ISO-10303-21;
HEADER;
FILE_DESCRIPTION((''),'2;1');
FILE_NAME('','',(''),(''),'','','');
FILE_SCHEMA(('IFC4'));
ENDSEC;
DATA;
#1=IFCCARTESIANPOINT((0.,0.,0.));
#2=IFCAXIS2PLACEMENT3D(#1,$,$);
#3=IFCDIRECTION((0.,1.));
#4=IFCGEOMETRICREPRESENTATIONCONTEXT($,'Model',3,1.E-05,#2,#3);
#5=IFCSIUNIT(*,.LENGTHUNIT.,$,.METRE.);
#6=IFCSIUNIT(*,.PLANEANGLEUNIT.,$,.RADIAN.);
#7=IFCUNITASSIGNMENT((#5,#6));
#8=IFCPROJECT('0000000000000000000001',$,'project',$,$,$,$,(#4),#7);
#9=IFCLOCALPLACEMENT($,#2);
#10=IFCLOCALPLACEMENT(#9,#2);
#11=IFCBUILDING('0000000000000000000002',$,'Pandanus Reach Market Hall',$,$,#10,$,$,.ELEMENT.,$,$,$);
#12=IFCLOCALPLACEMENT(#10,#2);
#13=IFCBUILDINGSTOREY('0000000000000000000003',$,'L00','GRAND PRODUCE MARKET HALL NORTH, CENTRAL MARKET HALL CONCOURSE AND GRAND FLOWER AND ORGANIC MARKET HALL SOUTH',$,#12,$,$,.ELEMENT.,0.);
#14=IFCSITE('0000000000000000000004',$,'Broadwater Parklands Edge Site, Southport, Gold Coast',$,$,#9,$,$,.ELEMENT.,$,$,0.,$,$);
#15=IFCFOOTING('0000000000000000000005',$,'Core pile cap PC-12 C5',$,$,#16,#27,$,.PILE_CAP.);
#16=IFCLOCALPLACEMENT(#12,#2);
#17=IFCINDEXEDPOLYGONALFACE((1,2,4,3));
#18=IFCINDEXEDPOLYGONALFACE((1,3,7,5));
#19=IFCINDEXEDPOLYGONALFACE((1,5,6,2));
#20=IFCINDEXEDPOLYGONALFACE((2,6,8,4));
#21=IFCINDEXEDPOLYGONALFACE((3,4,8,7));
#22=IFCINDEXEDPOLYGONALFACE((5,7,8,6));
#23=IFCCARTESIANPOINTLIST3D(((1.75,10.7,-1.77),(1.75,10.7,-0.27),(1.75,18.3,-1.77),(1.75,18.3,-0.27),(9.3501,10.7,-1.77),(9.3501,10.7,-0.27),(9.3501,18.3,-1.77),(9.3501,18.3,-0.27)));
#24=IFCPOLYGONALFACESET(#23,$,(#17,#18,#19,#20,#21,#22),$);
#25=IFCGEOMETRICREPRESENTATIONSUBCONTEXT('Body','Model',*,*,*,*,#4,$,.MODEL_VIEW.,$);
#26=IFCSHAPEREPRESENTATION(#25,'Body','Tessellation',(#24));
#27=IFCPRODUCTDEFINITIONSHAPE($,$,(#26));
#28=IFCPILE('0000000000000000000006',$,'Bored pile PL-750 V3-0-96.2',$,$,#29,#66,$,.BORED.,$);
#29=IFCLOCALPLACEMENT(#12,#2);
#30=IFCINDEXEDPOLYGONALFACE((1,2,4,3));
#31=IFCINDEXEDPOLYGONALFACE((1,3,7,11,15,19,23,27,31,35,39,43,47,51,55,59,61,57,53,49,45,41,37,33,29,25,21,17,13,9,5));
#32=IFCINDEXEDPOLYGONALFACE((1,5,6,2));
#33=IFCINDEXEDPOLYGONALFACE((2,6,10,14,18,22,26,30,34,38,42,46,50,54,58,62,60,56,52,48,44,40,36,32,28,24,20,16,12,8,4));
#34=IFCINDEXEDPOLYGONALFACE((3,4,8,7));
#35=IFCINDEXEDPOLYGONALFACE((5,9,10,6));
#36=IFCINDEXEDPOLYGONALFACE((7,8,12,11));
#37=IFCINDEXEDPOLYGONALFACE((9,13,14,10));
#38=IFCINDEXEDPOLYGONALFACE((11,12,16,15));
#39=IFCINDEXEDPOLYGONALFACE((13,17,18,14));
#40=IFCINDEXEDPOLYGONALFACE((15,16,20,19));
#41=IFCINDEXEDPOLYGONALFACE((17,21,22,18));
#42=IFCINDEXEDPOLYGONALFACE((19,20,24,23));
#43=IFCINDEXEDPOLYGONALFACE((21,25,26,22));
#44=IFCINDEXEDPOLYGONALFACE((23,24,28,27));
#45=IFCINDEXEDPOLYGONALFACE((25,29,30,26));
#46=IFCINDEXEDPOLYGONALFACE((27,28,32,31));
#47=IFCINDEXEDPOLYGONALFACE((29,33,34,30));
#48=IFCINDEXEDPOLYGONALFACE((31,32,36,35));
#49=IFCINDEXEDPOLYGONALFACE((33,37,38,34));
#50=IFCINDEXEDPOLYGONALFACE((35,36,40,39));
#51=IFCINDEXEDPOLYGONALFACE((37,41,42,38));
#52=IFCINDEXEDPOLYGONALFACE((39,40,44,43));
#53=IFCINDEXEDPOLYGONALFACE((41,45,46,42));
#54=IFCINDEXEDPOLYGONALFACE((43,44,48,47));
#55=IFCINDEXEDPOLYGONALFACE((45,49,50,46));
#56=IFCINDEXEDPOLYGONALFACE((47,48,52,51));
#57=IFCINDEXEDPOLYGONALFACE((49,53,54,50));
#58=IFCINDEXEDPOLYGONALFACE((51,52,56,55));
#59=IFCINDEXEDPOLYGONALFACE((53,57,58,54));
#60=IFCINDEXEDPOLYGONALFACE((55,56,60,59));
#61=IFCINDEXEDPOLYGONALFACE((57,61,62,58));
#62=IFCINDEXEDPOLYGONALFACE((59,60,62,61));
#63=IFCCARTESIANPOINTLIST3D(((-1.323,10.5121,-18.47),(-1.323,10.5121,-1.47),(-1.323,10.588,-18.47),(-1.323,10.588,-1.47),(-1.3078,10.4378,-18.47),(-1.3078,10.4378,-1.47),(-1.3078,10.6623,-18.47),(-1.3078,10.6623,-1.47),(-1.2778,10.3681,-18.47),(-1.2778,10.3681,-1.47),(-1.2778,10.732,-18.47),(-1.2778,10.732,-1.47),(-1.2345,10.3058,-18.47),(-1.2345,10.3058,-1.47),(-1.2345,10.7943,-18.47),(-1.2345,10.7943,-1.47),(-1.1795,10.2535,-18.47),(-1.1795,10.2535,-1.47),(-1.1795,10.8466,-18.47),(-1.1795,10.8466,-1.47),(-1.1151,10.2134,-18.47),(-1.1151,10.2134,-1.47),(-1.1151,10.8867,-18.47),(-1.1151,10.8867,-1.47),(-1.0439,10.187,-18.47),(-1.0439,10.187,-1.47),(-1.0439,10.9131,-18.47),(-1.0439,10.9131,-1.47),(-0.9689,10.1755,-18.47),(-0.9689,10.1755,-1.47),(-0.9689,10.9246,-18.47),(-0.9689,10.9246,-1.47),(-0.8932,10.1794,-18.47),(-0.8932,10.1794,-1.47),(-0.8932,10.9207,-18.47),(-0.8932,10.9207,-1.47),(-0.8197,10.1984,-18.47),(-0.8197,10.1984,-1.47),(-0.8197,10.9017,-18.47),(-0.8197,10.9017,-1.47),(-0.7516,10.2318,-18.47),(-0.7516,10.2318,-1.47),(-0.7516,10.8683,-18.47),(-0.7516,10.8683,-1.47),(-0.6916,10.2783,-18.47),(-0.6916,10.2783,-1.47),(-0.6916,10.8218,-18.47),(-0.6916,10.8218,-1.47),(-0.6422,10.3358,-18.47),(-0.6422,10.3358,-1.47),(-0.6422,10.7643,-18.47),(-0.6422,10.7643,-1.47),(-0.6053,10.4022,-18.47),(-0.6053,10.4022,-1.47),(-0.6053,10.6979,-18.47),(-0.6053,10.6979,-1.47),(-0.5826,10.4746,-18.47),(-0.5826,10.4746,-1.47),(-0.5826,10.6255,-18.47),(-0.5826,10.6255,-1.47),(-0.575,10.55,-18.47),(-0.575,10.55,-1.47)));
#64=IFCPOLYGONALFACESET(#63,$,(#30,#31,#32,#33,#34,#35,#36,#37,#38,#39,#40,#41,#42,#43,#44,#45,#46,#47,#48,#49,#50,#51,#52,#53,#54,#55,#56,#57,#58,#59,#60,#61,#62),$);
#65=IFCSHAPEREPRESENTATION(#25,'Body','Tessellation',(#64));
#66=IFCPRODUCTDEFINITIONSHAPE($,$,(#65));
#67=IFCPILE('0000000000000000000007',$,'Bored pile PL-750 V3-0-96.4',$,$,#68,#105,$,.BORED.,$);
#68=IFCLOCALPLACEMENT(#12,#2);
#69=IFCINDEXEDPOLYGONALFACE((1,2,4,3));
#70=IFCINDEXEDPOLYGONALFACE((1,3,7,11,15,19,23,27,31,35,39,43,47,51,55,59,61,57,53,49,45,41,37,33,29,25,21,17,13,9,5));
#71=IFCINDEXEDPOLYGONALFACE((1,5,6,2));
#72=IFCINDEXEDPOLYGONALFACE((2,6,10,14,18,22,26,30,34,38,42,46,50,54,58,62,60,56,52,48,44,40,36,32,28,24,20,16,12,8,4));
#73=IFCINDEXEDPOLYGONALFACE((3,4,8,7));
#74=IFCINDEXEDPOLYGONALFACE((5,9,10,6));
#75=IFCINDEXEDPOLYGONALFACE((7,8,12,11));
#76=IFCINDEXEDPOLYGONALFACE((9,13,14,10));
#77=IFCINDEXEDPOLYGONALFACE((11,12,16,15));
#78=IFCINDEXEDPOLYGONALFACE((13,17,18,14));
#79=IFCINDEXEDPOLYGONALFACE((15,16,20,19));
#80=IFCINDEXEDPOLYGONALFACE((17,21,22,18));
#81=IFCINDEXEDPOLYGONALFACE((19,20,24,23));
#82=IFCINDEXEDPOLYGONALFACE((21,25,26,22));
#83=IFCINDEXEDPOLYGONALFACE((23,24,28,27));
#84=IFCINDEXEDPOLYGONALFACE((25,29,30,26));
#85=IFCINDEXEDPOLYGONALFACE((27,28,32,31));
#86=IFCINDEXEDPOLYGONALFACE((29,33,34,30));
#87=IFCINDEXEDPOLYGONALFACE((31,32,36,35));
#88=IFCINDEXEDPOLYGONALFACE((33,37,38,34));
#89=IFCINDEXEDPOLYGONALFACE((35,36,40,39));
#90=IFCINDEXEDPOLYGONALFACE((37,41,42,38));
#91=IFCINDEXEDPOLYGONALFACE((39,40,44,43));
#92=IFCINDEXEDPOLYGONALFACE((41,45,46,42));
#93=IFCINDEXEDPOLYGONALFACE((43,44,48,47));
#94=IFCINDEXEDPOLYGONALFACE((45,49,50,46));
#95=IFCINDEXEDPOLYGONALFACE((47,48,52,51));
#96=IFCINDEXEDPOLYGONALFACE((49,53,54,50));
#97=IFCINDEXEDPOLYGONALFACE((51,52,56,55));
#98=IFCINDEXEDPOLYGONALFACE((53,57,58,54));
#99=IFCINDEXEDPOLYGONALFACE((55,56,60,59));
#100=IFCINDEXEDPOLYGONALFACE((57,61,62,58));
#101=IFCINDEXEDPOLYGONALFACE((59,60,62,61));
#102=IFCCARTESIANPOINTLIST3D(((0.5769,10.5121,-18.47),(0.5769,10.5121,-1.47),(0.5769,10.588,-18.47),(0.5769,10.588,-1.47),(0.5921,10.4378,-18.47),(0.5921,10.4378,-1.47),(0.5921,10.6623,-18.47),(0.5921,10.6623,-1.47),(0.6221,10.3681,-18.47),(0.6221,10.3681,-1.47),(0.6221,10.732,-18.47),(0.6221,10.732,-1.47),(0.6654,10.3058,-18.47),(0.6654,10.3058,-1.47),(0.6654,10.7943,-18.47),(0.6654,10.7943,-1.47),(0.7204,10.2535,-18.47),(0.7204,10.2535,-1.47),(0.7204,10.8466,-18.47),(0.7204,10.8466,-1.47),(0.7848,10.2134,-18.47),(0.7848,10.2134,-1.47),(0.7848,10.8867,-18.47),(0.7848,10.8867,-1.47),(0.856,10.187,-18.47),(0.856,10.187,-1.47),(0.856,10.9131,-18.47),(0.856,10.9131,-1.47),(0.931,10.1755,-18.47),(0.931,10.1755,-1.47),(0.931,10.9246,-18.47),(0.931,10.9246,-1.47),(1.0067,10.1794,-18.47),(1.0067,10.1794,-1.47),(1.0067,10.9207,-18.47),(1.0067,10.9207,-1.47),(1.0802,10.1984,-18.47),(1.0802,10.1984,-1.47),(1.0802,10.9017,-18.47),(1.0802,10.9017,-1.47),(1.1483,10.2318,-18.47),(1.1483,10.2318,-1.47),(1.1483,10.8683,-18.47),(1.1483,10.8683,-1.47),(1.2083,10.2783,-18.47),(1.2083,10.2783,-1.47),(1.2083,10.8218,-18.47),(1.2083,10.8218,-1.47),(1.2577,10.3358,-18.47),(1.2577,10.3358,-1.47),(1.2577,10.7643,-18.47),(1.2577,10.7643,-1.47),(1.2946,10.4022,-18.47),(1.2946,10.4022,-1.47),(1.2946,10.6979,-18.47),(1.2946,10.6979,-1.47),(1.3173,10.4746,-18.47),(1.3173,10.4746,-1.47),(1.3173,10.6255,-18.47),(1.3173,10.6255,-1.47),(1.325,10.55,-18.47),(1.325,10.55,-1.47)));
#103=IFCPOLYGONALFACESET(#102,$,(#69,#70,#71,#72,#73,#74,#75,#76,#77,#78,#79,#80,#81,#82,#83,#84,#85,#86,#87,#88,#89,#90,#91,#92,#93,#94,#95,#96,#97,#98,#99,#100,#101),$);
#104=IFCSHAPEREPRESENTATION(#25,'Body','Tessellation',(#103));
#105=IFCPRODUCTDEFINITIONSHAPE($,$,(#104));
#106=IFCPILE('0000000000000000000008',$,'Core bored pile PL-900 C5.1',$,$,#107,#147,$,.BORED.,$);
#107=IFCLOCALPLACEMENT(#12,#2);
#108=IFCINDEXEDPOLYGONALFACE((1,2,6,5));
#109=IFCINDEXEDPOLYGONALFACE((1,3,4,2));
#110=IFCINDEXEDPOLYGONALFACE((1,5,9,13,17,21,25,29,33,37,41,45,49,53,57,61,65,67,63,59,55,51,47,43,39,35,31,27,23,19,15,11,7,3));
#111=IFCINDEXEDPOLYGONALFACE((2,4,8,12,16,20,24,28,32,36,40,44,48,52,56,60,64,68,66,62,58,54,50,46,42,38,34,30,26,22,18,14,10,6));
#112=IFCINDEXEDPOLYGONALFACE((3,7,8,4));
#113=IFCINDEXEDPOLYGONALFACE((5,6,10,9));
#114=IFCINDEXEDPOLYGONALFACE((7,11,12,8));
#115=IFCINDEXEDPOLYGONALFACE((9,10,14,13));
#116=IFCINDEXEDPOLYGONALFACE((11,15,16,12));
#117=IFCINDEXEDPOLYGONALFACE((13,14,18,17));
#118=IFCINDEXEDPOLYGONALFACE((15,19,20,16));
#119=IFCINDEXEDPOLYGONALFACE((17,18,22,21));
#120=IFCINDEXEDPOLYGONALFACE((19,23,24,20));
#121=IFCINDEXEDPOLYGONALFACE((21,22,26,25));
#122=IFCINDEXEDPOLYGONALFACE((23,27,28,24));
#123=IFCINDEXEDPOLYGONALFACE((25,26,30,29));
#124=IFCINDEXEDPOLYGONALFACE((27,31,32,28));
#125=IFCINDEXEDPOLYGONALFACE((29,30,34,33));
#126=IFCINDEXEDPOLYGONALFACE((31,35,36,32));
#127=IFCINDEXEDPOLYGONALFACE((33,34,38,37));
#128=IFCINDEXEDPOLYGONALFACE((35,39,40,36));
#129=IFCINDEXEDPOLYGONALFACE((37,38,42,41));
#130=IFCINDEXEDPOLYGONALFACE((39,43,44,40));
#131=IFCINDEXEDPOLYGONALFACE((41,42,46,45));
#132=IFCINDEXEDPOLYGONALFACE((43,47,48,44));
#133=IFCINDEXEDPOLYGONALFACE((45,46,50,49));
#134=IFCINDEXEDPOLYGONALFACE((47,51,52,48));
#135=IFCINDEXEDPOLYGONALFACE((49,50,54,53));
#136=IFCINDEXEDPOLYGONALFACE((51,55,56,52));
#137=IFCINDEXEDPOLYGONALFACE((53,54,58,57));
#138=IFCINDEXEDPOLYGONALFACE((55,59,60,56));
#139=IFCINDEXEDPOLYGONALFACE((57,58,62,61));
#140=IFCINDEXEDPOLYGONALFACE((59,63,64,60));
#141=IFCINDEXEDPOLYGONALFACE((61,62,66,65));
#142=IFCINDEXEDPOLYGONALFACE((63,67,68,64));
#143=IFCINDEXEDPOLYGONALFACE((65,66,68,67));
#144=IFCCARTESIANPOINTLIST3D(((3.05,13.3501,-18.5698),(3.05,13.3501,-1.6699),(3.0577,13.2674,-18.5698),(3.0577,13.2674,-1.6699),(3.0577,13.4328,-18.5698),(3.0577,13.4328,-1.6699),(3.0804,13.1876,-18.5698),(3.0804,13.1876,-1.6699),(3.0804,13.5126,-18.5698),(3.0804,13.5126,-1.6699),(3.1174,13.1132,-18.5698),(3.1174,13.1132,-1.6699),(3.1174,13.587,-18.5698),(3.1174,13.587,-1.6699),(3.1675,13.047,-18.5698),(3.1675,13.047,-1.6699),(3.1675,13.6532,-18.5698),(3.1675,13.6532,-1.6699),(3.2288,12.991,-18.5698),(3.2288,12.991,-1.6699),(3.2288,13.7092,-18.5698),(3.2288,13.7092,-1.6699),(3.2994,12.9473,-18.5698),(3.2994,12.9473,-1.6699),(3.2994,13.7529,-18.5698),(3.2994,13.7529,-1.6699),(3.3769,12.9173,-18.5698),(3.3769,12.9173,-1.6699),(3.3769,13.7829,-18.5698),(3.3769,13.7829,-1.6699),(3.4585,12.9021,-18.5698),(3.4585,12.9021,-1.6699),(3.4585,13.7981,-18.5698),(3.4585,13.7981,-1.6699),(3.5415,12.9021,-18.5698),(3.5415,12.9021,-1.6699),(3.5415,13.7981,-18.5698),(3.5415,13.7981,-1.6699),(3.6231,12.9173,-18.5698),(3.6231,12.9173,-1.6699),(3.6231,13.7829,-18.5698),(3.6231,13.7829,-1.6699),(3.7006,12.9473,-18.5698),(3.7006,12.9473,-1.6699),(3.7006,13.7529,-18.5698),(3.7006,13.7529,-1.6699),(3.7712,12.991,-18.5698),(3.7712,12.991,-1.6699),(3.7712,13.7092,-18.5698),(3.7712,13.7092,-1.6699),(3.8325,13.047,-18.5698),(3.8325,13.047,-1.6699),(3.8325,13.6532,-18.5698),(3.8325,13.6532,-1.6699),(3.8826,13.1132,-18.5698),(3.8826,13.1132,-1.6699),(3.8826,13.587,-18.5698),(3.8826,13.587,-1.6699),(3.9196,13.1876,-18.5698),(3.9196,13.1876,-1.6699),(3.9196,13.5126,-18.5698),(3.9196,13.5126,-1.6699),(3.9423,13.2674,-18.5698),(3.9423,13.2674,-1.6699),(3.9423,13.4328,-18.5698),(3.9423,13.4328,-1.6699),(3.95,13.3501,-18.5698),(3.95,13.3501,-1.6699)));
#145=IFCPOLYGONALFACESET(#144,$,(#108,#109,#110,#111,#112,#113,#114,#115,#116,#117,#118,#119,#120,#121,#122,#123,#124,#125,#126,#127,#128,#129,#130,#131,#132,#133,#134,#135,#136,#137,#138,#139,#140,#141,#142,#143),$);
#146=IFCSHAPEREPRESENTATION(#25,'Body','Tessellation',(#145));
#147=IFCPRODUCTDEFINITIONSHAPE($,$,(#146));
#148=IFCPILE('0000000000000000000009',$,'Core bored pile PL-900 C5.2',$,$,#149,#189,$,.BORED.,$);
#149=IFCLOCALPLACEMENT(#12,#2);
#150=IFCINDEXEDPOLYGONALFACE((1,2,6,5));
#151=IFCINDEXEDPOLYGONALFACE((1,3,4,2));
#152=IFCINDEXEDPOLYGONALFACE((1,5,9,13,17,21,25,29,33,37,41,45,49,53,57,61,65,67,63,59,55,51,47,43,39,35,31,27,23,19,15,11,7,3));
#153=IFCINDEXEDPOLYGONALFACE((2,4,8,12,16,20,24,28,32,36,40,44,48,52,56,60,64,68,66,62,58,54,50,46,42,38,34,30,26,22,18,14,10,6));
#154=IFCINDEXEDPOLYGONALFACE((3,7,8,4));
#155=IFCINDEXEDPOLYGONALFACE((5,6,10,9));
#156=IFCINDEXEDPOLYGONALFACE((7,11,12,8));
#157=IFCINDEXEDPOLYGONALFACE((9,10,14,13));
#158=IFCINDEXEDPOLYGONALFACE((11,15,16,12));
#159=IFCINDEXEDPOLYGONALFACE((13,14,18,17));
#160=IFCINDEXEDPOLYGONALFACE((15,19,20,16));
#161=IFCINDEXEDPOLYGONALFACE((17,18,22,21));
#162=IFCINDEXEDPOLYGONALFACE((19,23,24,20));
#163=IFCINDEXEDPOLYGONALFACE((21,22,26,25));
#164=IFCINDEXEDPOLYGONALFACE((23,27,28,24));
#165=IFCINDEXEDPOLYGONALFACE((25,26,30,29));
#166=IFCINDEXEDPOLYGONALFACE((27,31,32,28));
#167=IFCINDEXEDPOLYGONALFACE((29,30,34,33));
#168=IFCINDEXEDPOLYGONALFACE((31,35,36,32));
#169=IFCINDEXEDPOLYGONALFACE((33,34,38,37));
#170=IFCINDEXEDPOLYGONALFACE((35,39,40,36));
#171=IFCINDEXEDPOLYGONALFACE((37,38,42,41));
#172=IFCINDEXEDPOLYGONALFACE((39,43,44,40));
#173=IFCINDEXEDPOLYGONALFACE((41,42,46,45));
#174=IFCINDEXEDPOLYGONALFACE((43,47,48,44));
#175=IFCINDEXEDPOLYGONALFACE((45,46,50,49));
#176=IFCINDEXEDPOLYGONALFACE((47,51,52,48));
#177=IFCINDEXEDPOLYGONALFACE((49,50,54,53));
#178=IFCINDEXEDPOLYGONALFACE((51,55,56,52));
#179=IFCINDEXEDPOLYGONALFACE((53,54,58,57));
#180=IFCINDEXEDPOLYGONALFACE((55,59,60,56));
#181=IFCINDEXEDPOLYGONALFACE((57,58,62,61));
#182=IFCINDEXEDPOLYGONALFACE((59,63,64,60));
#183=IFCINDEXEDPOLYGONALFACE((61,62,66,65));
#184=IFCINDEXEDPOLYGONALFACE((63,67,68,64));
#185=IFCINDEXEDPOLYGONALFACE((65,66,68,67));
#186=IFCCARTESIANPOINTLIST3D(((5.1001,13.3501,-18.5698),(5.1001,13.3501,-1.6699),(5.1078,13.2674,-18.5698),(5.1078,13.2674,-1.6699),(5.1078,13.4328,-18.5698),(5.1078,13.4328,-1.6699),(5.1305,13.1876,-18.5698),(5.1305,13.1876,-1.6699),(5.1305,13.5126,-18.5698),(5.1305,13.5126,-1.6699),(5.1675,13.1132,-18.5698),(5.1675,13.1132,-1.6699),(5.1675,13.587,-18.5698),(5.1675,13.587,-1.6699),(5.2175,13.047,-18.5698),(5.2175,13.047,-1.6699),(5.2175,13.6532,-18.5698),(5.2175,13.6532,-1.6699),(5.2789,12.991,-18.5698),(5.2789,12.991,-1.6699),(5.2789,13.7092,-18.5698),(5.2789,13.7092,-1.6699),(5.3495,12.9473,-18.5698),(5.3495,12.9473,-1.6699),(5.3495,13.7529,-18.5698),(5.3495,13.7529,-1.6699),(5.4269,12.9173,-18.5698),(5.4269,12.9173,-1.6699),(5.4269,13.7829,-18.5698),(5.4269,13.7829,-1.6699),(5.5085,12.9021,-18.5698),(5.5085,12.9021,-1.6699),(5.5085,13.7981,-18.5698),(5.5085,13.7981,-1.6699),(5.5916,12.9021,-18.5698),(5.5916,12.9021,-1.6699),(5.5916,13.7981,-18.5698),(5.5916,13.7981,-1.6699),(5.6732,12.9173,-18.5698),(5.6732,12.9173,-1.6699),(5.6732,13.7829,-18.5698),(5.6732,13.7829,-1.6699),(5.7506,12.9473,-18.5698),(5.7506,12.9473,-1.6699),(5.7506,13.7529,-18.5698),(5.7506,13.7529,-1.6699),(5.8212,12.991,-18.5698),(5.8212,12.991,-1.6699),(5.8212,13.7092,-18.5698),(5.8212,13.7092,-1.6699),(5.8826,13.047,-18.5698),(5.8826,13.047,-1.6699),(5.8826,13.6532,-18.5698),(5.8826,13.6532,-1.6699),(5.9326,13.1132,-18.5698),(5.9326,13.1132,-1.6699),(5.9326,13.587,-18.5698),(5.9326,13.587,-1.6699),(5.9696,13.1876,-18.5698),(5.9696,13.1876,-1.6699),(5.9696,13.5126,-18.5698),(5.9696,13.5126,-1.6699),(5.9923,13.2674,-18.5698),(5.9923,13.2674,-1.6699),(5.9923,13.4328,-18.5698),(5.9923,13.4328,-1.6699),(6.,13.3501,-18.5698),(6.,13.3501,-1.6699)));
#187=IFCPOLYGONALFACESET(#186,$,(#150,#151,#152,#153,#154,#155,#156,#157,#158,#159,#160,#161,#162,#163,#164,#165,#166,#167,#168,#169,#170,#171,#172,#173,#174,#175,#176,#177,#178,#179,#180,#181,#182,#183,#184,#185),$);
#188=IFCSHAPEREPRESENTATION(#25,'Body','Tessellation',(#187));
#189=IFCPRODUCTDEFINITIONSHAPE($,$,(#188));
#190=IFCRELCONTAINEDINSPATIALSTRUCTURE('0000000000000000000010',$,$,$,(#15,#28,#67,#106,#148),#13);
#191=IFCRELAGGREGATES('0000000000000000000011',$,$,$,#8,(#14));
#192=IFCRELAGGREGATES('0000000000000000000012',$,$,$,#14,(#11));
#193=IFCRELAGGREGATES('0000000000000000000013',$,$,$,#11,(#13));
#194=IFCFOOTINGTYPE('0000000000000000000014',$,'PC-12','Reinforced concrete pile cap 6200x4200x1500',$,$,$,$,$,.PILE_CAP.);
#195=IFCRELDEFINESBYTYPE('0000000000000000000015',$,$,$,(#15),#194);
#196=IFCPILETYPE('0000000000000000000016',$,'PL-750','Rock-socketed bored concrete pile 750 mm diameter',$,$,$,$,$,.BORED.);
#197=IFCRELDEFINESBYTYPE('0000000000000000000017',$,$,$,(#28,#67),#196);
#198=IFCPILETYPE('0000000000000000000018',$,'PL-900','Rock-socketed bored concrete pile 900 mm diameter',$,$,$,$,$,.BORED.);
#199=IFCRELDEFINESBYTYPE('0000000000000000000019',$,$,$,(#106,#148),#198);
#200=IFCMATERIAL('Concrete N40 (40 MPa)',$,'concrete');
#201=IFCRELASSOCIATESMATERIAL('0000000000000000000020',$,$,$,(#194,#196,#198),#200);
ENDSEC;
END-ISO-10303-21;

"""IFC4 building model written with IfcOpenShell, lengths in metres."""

from ifc_helpers import new_model, si_unit, direction, frame, origin, origin_2d, place, context, subcontext, project, spatial, rectangle, circle, extrude, material, material_profile, profile_set, type_object, element, save


model = new_model("IFC4")

# Units and contexts
model_context = context("Model", 3, precision=1e-05, world=origin(), true_north=direction((0.0, 1.0)))
body_context = subcontext(model_context, "Body", "Model", "MODEL_VIEW")
ifc_project = project(units=[si_unit("LENGTHUNIT", "METRE"), si_unit("PLANEANGLEUNIT", "RADIAN")], contexts=[model_context])

# Site, building, storey
site_placement = place(None, origin())
site = spatial("IfcSite", under=ifc_project, at=site_placement, Name="Broadwater Parklands Edge Site, Southport, Gold Coast", CompositionType="ELEMENT", RefElevation=0.0)
building_placement = place(site_placement, origin())
building = spatial("IfcBuilding", under=site, at=building_placement, Name="Pandanus Reach Market Hall", CompositionType="ELEMENT")
storey_placement = place(building_placement, origin())
storey = spatial("IfcBuildingStorey", under=building, at=storey_placement, Name="L00", Description="GRAND PRODUCE MARKET HALL NORTH, CENTRAL MARKET HALL CONCOURSE AND GRAND FLOWER AND ORGANIC MARKET HALL SOUTH", CompositionType="ELEMENT", Elevation=0.0)

# Footing
ifc_material_1 = material(Name="Concrete N40 (40 MPa)", Category="concrete")
footing_type = type_object("IfcFootingType", Name="PC-12", Description="Reinforced concrete pile cap 6200x4200x1500", PredefinedType="PILE_CAP", material=ifc_material_1)
footing_placement = place(storey_placement, frame((5.55, 14.5, -1.77), z_axis=(0.0, 0.0, 1.0), x_axis=(1.0, 0.0, 0.0)))
element("IfcFooting", 1, at=footing_placement, inside=storey, type_object=footing_type, Name="Core pile cap PC-12 C5", PredefinedType="PILE_CAP", context=body_context, shape_type="SweptSolid", body=[
    extrude(rectangle(XDim=7.6001, YDim=7.6001, at=origin_2d()), origin(), (0.0, 0.0, 1.0), 1.5),
])

# Piles
ifc_material_profile_1 = material_profile(ifc_material_1, circle(Radius=0.375, at=origin_2d()), Name="PILE-750D", Category="LoadBearing")
ifc_profile_set_1 = profile_set([ifc_material_profile_1], Name="Concrete N40 (40 MPa)")
pile_type_1 = type_object("IfcPileType", Name="PL-750", Description="Rock-socketed bored concrete pile 750 mm diameter", PredefinedType="BORED", material=ifc_profile_set_1)
for number, where, z_axis, x_axis, name in (
    (2, (-0.95, 10.55, -1.47), (0.0, 0.0, -1.0), (1.0, 0.0, 0.0), "Bored pile PL-750 V3-0-96.2"),
    (3, (0.95, 10.55, -1.47), (0.0, 0.0, -1.0), (1.0, 0.0, 0.0), "Bored pile PL-750 V3-0-96.4"),
):
    element("IfcPile", number, at=place(storey_placement, frame(where, z_axis=z_axis, x_axis=x_axis)), inside=storey, type_object=pile_type_1, Name=name, PredefinedType="BORED", context=body_context, shape_type="SweptSolid", body=[
        extrude(circle(Radius=0.375, at=origin_2d()), origin(), (0.0, 0.0, 1.0), 17.0),
    ])
ifc_material_profile_2 = material_profile(ifc_material_1, circle(Radius=0.45, at=origin_2d()), Name="PILE-900D", Category="LoadBearing")
ifc_profile_set_2 = profile_set([ifc_material_profile_2], Name="Concrete N40 (40 MPa)")
pile_type_2 = type_object("IfcPileType", Name="PL-900", Description="Rock-socketed bored concrete pile 900 mm diameter", PredefinedType="BORED", material=ifc_profile_set_2)
for number, where, z_axis, x_axis, name in (
    (4, (3.5, 13.3501, -1.6699), (0.0, 0.0, -1.0), (1.0, 0.0, 0.0), "Core bored pile PL-900 C5.1"),
    (5, (5.55, 13.3501, -1.6699), (0.0, 0.0, -1.0), (1.0, 0.0, 0.0), "Core bored pile PL-900 C5.2"),
):
    element("IfcPile", number, at=place(storey_placement, frame(where, z_axis=z_axis, x_axis=x_axis)), inside=storey, type_object=pile_type_2, Name=name, PredefinedType="BORED", context=body_context, shape_type="SweptSolid", body=[
        extrude(circle(Radius=0.45, at=origin_2d()), origin(), (0.0, 0.0, 1.0), 16.8999),
    ])

save(model, "model.ifc")
